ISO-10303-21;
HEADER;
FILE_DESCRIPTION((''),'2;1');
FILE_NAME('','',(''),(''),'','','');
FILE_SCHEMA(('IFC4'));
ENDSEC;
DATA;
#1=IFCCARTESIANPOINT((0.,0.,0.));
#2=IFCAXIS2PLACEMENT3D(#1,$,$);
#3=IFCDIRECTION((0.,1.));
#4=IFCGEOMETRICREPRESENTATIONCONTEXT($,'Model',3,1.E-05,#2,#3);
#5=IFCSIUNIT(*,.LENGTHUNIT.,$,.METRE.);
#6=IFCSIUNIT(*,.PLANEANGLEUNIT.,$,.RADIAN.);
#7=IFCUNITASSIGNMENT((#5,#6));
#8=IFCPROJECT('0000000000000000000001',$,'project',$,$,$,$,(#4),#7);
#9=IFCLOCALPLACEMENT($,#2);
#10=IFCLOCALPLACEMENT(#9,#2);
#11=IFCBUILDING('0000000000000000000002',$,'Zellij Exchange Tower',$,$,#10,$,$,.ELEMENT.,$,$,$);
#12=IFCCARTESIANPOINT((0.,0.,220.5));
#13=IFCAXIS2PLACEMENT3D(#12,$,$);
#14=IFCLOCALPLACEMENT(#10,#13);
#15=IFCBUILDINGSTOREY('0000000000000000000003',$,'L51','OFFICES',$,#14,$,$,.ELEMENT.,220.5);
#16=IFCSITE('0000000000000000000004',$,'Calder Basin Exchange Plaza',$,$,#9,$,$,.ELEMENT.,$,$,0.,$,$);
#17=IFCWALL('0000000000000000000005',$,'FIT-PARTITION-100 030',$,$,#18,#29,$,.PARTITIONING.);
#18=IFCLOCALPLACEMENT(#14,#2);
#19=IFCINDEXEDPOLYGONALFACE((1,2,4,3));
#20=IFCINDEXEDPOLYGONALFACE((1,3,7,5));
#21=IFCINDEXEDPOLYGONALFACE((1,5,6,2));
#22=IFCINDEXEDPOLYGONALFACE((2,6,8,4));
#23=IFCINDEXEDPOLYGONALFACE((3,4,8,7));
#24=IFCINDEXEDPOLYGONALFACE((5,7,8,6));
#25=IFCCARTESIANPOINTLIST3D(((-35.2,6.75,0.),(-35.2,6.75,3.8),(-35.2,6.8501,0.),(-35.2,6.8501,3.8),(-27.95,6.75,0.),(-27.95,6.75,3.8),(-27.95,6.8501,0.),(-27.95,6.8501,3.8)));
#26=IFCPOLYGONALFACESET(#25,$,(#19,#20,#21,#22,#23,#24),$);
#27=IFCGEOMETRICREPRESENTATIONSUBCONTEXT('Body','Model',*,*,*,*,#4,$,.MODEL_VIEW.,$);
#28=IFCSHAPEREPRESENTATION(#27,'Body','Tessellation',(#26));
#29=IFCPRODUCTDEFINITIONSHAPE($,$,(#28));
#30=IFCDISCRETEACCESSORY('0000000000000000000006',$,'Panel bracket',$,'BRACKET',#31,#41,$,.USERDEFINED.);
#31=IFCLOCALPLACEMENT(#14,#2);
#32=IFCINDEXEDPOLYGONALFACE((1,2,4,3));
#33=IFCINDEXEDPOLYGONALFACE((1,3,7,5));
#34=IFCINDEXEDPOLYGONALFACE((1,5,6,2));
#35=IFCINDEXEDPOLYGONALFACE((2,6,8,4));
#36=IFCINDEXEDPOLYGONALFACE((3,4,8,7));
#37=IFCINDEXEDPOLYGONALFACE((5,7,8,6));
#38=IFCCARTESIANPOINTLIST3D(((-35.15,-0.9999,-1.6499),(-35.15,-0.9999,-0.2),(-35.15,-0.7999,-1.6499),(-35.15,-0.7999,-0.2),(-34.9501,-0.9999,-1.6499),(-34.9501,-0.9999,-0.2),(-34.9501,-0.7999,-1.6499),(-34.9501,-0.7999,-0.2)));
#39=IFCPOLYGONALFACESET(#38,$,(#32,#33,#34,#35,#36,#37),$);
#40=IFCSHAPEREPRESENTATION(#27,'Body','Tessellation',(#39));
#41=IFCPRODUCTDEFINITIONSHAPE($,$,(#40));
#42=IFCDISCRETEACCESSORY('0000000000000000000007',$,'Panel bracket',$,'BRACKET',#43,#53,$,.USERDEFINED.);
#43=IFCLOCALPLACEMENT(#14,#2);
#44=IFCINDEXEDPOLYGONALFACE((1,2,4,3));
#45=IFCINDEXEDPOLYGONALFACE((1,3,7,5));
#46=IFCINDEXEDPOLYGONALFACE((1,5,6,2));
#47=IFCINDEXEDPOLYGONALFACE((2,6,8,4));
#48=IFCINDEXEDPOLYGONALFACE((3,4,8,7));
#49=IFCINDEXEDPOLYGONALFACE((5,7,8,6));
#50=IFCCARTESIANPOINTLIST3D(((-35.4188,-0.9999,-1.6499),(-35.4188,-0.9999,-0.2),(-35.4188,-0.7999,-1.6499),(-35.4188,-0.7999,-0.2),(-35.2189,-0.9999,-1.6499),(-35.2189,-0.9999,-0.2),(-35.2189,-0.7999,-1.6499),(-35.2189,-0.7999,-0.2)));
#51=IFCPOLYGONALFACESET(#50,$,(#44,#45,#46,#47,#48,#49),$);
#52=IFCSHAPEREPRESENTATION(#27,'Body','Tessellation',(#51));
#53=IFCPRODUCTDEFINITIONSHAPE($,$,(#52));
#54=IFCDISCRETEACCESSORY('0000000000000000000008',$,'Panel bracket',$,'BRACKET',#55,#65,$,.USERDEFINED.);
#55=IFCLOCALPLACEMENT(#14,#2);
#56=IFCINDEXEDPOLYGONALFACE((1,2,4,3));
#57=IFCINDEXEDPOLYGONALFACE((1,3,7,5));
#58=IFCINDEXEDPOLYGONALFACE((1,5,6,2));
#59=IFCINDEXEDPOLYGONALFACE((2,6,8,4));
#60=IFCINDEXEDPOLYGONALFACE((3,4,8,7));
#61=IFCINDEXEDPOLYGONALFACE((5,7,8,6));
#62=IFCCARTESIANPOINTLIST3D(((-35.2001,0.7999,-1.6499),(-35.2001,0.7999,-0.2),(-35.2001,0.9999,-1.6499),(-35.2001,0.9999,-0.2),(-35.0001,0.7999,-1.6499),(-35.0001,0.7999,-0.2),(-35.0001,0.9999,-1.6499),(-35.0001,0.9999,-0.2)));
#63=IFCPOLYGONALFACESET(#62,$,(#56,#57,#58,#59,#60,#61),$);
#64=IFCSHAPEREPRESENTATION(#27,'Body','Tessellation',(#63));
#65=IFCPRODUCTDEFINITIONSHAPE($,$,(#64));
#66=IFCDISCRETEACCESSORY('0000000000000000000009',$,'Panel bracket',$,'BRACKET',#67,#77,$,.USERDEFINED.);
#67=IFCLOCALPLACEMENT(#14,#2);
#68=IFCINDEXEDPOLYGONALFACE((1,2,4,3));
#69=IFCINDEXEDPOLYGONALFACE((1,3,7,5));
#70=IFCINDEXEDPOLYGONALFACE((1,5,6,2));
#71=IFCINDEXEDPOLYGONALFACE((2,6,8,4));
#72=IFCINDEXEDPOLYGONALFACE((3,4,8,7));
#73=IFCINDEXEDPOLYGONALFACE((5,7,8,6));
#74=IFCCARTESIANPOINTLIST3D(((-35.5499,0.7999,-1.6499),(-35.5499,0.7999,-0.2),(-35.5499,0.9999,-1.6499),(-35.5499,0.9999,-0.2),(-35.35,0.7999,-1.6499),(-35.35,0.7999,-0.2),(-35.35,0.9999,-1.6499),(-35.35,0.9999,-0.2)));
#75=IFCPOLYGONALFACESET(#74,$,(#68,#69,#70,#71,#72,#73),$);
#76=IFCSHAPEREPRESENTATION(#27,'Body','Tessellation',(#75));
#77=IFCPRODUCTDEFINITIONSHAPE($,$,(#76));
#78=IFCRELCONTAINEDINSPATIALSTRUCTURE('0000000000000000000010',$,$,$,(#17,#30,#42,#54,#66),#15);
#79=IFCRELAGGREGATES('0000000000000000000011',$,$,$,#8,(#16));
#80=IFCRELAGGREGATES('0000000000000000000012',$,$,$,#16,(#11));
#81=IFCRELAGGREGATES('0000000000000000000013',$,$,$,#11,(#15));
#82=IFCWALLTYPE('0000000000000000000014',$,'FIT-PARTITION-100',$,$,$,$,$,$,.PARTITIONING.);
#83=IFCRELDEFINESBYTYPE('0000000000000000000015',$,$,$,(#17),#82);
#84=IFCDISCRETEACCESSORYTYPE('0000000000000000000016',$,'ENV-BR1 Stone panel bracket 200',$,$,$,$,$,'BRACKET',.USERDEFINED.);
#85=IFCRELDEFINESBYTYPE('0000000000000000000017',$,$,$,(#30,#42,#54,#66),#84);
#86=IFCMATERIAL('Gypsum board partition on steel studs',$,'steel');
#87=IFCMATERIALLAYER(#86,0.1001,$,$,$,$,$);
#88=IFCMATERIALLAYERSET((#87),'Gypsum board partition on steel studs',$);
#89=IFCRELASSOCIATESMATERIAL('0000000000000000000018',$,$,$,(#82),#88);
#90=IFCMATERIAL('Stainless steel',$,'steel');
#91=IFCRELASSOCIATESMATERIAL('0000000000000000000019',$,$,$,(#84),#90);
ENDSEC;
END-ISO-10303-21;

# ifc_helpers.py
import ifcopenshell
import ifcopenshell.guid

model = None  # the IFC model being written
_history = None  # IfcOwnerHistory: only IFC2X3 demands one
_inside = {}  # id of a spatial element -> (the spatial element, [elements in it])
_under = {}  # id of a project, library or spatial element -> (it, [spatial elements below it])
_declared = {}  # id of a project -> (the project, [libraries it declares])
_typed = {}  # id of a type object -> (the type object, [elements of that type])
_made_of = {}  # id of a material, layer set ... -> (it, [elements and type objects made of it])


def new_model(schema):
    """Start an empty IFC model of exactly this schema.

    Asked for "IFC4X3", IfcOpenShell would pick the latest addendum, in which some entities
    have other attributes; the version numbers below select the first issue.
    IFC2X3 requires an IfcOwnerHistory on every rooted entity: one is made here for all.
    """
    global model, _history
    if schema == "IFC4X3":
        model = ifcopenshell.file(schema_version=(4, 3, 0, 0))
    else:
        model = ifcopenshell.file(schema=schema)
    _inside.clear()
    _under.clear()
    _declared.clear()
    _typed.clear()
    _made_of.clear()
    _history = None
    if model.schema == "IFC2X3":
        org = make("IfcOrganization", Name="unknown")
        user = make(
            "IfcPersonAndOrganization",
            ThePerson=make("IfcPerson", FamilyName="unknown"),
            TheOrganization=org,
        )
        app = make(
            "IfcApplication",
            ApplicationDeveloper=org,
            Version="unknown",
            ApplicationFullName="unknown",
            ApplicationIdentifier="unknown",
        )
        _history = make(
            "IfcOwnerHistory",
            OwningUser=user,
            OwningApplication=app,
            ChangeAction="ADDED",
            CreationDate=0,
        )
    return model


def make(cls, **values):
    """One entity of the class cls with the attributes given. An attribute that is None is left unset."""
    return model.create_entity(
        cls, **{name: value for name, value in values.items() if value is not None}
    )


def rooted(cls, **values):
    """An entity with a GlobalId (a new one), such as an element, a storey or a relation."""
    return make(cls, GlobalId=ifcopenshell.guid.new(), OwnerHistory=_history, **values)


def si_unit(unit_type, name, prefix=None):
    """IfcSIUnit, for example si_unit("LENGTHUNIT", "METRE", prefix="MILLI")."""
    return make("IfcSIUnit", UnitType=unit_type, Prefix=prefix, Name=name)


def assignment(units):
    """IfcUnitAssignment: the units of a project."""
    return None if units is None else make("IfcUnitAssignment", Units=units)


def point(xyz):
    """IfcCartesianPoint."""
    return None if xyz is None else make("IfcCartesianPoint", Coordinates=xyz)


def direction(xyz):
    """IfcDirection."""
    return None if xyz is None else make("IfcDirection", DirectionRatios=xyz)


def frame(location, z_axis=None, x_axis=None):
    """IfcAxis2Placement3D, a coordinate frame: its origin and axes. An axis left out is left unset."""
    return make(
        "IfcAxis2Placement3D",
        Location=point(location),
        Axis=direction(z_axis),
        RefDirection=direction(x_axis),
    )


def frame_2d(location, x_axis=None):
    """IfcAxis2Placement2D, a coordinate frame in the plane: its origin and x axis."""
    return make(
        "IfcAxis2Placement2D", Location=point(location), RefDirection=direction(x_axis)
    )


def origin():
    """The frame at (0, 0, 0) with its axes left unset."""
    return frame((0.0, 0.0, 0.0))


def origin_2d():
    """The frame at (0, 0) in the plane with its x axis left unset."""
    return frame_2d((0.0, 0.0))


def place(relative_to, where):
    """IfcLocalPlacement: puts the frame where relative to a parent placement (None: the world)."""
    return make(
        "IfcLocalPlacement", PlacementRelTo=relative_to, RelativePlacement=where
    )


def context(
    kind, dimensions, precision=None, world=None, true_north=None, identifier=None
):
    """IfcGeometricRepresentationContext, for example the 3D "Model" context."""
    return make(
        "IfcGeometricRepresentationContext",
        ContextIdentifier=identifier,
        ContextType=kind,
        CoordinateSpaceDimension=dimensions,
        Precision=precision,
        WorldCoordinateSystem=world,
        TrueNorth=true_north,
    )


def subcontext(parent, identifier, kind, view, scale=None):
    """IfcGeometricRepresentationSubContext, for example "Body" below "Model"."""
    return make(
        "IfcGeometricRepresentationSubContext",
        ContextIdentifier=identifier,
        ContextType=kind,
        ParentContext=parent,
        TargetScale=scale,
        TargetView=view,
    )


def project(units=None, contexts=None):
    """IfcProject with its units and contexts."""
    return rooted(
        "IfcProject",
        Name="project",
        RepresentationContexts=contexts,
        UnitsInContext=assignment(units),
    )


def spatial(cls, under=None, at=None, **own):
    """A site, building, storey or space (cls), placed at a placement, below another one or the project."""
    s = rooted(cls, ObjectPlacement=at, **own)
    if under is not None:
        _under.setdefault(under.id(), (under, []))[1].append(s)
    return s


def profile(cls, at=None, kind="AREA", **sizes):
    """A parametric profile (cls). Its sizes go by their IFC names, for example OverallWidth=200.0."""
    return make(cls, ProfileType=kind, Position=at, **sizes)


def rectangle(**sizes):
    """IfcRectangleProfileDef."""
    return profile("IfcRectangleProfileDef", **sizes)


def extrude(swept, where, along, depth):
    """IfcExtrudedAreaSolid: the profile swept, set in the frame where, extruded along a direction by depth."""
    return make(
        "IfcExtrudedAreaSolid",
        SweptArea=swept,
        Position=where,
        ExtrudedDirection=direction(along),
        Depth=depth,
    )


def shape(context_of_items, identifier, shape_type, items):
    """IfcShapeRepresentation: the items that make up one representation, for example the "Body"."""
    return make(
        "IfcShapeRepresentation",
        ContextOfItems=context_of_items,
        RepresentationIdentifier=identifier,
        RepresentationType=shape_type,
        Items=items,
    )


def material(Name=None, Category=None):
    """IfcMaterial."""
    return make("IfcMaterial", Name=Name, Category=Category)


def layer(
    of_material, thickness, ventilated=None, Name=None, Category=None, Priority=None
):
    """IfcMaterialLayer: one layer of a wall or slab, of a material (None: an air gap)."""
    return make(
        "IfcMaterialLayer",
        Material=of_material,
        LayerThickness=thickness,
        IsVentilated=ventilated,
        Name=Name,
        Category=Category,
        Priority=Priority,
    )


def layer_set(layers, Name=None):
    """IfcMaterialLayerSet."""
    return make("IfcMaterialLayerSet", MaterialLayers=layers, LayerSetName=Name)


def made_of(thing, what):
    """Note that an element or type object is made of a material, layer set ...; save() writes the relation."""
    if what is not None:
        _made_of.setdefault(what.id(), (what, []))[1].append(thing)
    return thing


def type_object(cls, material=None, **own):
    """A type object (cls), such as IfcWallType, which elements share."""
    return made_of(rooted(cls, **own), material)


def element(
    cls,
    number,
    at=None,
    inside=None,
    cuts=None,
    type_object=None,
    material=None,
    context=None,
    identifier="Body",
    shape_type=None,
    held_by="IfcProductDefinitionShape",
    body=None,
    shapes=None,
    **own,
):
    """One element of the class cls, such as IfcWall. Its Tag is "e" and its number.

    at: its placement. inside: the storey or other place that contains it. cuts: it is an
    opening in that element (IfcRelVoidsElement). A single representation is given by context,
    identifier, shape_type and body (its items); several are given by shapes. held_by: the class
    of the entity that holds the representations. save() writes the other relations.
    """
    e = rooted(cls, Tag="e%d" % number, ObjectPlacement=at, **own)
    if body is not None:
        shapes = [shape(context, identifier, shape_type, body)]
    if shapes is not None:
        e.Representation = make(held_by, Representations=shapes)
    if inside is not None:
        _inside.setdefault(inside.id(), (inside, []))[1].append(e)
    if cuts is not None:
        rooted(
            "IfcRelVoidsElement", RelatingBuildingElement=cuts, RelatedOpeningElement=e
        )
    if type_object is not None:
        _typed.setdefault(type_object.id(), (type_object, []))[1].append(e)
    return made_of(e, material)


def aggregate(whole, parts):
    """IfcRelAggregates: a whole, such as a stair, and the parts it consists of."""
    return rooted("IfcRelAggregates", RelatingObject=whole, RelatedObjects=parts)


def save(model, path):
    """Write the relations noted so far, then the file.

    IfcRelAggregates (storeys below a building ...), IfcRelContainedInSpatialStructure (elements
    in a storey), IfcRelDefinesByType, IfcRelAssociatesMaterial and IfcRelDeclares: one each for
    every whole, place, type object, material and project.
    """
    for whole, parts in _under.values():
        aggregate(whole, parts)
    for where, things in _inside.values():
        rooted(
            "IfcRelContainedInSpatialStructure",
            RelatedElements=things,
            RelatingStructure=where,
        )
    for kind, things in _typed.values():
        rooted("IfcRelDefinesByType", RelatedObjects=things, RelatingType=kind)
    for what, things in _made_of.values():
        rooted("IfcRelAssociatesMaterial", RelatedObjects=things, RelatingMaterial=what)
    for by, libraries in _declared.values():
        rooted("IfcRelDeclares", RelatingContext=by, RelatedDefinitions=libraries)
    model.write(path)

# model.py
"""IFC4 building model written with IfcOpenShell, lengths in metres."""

from ifc_helpers import new_model, si_unit, direction, frame, frame_2d, origin, origin_2d, place, context, subcontext, project, spatial, rectangle, extrude, material, layer, layer_set, type_object, element, save


model = new_model("IFC4")

# Units and contexts
model_context = context("Model", 3, precision=1e-05, world=origin(), true_north=direction((0.0, 1.0)))
body_context = subcontext(model_context, "Body", "Model", "MODEL_VIEW")
ifc_project = project(units=[si_unit("LENGTHUNIT", "METRE"), si_unit("PLANEANGLEUNIT", "RADIAN")], contexts=[model_context])

# Site, building, storey
site_placement = place(None, origin())
site = spatial("IfcSite", under=ifc_project, at=site_placement, Name="Calder Basin Exchange Plaza", CompositionType="ELEMENT", RefElevation=0.0)
building_placement = place(site_placement, origin())
building = spatial("IfcBuilding", under=site, at=building_placement, Name="Zellij Exchange Tower", CompositionType="ELEMENT")
storey_placement = place(building_placement, frame((0.0, 0.0, 220.5)))
storey = spatial("IfcBuildingStorey", under=building, at=storey_placement, Name="L51", Description="OFFICES", CompositionType="ELEMENT", Elevation=220.5)

# Wall
ifc_material_1 = material(Name="Gypsum board partition on steel studs", Category="steel")
ifc_layer_1 = layer(ifc_material_1, 0.1001)
ifc_layer_set_1 = layer_set([ifc_layer_1], Name="Gypsum board partition on steel studs")
wall_type_1 = type_object("IfcWallType", Name="FIT-PARTITION-100", PredefinedType="PARTITIONING", material=ifc_layer_set_1)
wall_1_placement = place(storey_placement, frame((-35.2, 6.8, 0.0), z_axis=(0.0, 0.0, 1.0), x_axis=(1.0, 0.0, 0.0)))
element("IfcWall", 1, at=wall_1_placement, inside=storey, type_object=wall_type_1, Name="FIT-PARTITION-100 030", PredefinedType="PARTITIONING", context=body_context, shape_type="SweptSolid", body=[
    extrude(rectangle(XDim=7.25, YDim=0.1001, at=frame_2d((3.625, 0.0))), origin(), (0.0, 0.0, 1.0), 3.8),
])

# Discrete accessories
ifc_material_2 = material(Name="Stainless steel", Category="steel")
discrete_accessory_type = type_object("IfcDiscreteAccessoryType", Name="ENV-BR1 Stone panel bracket 200", ElementType="BRACKET", PredefinedType="USERDEFINED", material=ifc_material_2)
for number, where, z_axis, x_axis, name in (
    (2, (-35.05, -0.8999, -1.6499), (0.0, 0.0, 1.0), (1.0, 0.0, 0.0), "Panel bracket"),
    (3, (-35.3188, -0.8999, -1.6499), (0.0, 0.0, 1.0), (1.0, 0.0, 0.0), "Panel bracket"),
    (4, (-35.1001, 0.8999, -1.6499), (0.0, 0.0, 1.0), (1.0, 0.0, 0.0), "Panel bracket"),
    (5, (-35.45, 0.8999, -1.6499), (0.0, 0.0, 1.0), (1.0, 0.0, 0.0), "Panel bracket"),
):
    element("IfcDiscreteAccessory", number, at=place(storey_placement, frame(where, z_axis=z_axis, x_axis=x_axis)), inside=storey, type_object=discrete_accessory_type, Name=name, ObjectType="BRACKET", PredefinedType="USERDEFINED", context=body_context, shape_type="SweptSolid", body=[
        extrude(rectangle(XDim=0.2, YDim=0.2, at=origin_2d()), origin(), (0.0, 0.0, 1.0), 1.45),
    ])

save(model, "model.ifc")
